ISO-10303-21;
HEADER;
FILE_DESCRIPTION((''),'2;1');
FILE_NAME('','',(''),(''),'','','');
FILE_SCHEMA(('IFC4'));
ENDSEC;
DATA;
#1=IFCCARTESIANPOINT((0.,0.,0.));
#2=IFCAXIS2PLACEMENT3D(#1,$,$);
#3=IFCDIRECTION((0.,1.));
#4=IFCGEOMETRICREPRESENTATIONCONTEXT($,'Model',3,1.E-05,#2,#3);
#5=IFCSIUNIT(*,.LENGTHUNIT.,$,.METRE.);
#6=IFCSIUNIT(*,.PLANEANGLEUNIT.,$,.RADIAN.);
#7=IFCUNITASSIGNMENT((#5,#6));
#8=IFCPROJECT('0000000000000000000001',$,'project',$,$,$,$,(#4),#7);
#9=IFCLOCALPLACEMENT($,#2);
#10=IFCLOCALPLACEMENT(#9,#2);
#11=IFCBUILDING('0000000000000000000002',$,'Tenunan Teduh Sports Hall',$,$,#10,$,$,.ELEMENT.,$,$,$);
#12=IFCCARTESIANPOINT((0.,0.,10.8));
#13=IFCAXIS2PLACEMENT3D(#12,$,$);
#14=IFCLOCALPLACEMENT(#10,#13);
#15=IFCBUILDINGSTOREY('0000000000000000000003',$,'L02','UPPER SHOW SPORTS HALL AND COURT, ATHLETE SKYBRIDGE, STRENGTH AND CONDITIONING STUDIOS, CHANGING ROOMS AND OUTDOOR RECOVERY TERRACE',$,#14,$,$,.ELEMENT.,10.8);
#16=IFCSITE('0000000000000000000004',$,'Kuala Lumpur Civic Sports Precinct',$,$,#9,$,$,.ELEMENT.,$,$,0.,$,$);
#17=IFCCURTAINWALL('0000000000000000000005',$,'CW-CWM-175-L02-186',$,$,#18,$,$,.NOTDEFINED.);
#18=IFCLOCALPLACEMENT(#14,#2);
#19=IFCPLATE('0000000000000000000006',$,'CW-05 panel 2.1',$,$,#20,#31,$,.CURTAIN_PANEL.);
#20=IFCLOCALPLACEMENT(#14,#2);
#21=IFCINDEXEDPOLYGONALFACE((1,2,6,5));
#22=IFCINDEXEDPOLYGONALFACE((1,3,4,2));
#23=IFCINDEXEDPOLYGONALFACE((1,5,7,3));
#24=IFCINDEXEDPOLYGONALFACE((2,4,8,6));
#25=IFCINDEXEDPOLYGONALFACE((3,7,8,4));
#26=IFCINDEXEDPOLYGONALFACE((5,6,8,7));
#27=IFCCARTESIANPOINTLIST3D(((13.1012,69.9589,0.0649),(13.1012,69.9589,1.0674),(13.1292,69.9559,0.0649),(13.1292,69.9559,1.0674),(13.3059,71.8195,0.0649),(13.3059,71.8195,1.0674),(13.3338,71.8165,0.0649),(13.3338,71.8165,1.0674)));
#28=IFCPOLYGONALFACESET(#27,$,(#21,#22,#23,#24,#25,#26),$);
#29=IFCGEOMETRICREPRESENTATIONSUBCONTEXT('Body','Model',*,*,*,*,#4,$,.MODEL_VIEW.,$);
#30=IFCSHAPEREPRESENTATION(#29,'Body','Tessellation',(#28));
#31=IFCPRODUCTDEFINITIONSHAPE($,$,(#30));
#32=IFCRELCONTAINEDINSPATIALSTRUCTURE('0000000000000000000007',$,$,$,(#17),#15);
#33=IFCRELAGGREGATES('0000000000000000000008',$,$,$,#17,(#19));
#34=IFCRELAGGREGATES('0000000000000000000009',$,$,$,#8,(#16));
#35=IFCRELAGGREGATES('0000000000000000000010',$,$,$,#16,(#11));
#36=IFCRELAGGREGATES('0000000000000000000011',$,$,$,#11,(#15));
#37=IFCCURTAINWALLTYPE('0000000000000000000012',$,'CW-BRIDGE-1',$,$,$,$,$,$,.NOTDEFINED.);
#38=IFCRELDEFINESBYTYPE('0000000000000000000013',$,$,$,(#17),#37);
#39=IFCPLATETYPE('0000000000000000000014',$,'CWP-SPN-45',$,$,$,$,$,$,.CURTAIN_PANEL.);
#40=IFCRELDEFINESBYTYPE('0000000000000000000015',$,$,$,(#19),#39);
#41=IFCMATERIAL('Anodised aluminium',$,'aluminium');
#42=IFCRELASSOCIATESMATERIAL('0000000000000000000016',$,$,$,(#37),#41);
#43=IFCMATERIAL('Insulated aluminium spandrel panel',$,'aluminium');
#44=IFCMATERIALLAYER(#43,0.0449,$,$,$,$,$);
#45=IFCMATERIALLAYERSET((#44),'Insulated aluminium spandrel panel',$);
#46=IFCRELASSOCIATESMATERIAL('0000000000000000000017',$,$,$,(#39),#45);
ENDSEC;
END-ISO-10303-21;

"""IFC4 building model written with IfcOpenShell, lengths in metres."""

from ifc_helpers import new_model, si_unit, direction, frame, origin, origin_2d, place, context, subcontext, project, spatial, rectangle, extrude, material, layer, layer_set, type_object, element, aggregate, save


model = new_model("IFC4")

# Units and contexts
model_context = context("Model", 3, precision=1e-05, world=origin(), true_north=direction((0.0, 1.0)))
body_context = subcontext(model_context, "Body", "Model", "MODEL_VIEW")
ifc_project = project(units=[si_unit("LENGTHUNIT", "METRE"), si_unit("PLANEANGLEUNIT", "RADIAN")], contexts=[model_context])

# Site, building, storey
site_placement = place(None, origin())
site = spatial("IfcSite", under=ifc_project, at=site_placement, Name="Kuala Lumpur Civic Sports Precinct", CompositionType="ELEMENT", RefElevation=0.0)
building_placement = place(site_placement, origin())
building = spatial("IfcBuilding", under=site, at=building_placement, Name="Tenunan Teduh Sports Hall", CompositionType="ELEMENT")
storey_placement = place(building_placement, frame((0.0, 0.0, 10.8)))
storey = spatial("IfcBuildingStorey", under=building, at=storey_placement, Name="L02", Description="UPPER SHOW SPORTS HALL AND COURT, ATHLETE SKYBRIDGE, STRENGTH AND CONDITIONING STUDIOS, CHANGING ROOMS AND OUTDOOR RECOVERY TERRACE", CompositionType="ELEMENT", Elevation=10.8)

# Curtain wall
ifc_material_1 = material(Name="Anodised aluminium", Category="aluminium")
curtain_wall_type = type_object("IfcCurtainWallType", Name="CW-BRIDGE-1", PredefinedType="NOTDEFINED", material=ifc_material_1)
curtain_wall_placement = place(storey_placement, origin())
curtain_wall = element("IfcCurtainWall", 1, at=curtain_wall_placement, inside=storey, type_object=curtain_wall_type, Name="CW-CWM-175-L02-186", PredefinedType="NOTDEFINED")

# Plate
ifc_material_2 = material(Name="Insulated aluminium spandrel panel", Category="aluminium")
ifc_layer_1 = layer(ifc_material_2, 0.0449)
ifc_layer_set_1 = layer_set([ifc_layer_1], Name="Insulated aluminium spandrel panel")
plate_type_1 = type_object("IfcPlateType", Name="CWP-SPN-45", PredefinedType="CURTAIN_PANEL", material=ifc_layer_set_1)
plate_1_placement = place(storey_placement, frame((13.2175, 70.8877, 0.0649), z_axis=(0.0, 0.0, 1.0), x_axis=(0.109338, 0.994005, 0.0)))
plate_1 = element("IfcPlate", 2, at=plate_1_placement, type_object=plate_type_1, Name="CW-05 panel 2.1", PredefinedType="CURTAIN_PANEL", context=body_context, shape_type="SweptSolid", body=[
    extrude(rectangle(XDim=1.8718, YDim=0.0281, at=origin_2d()), origin(), (0.0, 0.0, 1.0), 1.0024),
])
aggregate(curtain_wall, [plate_1])

save(model, "model.ifc")
